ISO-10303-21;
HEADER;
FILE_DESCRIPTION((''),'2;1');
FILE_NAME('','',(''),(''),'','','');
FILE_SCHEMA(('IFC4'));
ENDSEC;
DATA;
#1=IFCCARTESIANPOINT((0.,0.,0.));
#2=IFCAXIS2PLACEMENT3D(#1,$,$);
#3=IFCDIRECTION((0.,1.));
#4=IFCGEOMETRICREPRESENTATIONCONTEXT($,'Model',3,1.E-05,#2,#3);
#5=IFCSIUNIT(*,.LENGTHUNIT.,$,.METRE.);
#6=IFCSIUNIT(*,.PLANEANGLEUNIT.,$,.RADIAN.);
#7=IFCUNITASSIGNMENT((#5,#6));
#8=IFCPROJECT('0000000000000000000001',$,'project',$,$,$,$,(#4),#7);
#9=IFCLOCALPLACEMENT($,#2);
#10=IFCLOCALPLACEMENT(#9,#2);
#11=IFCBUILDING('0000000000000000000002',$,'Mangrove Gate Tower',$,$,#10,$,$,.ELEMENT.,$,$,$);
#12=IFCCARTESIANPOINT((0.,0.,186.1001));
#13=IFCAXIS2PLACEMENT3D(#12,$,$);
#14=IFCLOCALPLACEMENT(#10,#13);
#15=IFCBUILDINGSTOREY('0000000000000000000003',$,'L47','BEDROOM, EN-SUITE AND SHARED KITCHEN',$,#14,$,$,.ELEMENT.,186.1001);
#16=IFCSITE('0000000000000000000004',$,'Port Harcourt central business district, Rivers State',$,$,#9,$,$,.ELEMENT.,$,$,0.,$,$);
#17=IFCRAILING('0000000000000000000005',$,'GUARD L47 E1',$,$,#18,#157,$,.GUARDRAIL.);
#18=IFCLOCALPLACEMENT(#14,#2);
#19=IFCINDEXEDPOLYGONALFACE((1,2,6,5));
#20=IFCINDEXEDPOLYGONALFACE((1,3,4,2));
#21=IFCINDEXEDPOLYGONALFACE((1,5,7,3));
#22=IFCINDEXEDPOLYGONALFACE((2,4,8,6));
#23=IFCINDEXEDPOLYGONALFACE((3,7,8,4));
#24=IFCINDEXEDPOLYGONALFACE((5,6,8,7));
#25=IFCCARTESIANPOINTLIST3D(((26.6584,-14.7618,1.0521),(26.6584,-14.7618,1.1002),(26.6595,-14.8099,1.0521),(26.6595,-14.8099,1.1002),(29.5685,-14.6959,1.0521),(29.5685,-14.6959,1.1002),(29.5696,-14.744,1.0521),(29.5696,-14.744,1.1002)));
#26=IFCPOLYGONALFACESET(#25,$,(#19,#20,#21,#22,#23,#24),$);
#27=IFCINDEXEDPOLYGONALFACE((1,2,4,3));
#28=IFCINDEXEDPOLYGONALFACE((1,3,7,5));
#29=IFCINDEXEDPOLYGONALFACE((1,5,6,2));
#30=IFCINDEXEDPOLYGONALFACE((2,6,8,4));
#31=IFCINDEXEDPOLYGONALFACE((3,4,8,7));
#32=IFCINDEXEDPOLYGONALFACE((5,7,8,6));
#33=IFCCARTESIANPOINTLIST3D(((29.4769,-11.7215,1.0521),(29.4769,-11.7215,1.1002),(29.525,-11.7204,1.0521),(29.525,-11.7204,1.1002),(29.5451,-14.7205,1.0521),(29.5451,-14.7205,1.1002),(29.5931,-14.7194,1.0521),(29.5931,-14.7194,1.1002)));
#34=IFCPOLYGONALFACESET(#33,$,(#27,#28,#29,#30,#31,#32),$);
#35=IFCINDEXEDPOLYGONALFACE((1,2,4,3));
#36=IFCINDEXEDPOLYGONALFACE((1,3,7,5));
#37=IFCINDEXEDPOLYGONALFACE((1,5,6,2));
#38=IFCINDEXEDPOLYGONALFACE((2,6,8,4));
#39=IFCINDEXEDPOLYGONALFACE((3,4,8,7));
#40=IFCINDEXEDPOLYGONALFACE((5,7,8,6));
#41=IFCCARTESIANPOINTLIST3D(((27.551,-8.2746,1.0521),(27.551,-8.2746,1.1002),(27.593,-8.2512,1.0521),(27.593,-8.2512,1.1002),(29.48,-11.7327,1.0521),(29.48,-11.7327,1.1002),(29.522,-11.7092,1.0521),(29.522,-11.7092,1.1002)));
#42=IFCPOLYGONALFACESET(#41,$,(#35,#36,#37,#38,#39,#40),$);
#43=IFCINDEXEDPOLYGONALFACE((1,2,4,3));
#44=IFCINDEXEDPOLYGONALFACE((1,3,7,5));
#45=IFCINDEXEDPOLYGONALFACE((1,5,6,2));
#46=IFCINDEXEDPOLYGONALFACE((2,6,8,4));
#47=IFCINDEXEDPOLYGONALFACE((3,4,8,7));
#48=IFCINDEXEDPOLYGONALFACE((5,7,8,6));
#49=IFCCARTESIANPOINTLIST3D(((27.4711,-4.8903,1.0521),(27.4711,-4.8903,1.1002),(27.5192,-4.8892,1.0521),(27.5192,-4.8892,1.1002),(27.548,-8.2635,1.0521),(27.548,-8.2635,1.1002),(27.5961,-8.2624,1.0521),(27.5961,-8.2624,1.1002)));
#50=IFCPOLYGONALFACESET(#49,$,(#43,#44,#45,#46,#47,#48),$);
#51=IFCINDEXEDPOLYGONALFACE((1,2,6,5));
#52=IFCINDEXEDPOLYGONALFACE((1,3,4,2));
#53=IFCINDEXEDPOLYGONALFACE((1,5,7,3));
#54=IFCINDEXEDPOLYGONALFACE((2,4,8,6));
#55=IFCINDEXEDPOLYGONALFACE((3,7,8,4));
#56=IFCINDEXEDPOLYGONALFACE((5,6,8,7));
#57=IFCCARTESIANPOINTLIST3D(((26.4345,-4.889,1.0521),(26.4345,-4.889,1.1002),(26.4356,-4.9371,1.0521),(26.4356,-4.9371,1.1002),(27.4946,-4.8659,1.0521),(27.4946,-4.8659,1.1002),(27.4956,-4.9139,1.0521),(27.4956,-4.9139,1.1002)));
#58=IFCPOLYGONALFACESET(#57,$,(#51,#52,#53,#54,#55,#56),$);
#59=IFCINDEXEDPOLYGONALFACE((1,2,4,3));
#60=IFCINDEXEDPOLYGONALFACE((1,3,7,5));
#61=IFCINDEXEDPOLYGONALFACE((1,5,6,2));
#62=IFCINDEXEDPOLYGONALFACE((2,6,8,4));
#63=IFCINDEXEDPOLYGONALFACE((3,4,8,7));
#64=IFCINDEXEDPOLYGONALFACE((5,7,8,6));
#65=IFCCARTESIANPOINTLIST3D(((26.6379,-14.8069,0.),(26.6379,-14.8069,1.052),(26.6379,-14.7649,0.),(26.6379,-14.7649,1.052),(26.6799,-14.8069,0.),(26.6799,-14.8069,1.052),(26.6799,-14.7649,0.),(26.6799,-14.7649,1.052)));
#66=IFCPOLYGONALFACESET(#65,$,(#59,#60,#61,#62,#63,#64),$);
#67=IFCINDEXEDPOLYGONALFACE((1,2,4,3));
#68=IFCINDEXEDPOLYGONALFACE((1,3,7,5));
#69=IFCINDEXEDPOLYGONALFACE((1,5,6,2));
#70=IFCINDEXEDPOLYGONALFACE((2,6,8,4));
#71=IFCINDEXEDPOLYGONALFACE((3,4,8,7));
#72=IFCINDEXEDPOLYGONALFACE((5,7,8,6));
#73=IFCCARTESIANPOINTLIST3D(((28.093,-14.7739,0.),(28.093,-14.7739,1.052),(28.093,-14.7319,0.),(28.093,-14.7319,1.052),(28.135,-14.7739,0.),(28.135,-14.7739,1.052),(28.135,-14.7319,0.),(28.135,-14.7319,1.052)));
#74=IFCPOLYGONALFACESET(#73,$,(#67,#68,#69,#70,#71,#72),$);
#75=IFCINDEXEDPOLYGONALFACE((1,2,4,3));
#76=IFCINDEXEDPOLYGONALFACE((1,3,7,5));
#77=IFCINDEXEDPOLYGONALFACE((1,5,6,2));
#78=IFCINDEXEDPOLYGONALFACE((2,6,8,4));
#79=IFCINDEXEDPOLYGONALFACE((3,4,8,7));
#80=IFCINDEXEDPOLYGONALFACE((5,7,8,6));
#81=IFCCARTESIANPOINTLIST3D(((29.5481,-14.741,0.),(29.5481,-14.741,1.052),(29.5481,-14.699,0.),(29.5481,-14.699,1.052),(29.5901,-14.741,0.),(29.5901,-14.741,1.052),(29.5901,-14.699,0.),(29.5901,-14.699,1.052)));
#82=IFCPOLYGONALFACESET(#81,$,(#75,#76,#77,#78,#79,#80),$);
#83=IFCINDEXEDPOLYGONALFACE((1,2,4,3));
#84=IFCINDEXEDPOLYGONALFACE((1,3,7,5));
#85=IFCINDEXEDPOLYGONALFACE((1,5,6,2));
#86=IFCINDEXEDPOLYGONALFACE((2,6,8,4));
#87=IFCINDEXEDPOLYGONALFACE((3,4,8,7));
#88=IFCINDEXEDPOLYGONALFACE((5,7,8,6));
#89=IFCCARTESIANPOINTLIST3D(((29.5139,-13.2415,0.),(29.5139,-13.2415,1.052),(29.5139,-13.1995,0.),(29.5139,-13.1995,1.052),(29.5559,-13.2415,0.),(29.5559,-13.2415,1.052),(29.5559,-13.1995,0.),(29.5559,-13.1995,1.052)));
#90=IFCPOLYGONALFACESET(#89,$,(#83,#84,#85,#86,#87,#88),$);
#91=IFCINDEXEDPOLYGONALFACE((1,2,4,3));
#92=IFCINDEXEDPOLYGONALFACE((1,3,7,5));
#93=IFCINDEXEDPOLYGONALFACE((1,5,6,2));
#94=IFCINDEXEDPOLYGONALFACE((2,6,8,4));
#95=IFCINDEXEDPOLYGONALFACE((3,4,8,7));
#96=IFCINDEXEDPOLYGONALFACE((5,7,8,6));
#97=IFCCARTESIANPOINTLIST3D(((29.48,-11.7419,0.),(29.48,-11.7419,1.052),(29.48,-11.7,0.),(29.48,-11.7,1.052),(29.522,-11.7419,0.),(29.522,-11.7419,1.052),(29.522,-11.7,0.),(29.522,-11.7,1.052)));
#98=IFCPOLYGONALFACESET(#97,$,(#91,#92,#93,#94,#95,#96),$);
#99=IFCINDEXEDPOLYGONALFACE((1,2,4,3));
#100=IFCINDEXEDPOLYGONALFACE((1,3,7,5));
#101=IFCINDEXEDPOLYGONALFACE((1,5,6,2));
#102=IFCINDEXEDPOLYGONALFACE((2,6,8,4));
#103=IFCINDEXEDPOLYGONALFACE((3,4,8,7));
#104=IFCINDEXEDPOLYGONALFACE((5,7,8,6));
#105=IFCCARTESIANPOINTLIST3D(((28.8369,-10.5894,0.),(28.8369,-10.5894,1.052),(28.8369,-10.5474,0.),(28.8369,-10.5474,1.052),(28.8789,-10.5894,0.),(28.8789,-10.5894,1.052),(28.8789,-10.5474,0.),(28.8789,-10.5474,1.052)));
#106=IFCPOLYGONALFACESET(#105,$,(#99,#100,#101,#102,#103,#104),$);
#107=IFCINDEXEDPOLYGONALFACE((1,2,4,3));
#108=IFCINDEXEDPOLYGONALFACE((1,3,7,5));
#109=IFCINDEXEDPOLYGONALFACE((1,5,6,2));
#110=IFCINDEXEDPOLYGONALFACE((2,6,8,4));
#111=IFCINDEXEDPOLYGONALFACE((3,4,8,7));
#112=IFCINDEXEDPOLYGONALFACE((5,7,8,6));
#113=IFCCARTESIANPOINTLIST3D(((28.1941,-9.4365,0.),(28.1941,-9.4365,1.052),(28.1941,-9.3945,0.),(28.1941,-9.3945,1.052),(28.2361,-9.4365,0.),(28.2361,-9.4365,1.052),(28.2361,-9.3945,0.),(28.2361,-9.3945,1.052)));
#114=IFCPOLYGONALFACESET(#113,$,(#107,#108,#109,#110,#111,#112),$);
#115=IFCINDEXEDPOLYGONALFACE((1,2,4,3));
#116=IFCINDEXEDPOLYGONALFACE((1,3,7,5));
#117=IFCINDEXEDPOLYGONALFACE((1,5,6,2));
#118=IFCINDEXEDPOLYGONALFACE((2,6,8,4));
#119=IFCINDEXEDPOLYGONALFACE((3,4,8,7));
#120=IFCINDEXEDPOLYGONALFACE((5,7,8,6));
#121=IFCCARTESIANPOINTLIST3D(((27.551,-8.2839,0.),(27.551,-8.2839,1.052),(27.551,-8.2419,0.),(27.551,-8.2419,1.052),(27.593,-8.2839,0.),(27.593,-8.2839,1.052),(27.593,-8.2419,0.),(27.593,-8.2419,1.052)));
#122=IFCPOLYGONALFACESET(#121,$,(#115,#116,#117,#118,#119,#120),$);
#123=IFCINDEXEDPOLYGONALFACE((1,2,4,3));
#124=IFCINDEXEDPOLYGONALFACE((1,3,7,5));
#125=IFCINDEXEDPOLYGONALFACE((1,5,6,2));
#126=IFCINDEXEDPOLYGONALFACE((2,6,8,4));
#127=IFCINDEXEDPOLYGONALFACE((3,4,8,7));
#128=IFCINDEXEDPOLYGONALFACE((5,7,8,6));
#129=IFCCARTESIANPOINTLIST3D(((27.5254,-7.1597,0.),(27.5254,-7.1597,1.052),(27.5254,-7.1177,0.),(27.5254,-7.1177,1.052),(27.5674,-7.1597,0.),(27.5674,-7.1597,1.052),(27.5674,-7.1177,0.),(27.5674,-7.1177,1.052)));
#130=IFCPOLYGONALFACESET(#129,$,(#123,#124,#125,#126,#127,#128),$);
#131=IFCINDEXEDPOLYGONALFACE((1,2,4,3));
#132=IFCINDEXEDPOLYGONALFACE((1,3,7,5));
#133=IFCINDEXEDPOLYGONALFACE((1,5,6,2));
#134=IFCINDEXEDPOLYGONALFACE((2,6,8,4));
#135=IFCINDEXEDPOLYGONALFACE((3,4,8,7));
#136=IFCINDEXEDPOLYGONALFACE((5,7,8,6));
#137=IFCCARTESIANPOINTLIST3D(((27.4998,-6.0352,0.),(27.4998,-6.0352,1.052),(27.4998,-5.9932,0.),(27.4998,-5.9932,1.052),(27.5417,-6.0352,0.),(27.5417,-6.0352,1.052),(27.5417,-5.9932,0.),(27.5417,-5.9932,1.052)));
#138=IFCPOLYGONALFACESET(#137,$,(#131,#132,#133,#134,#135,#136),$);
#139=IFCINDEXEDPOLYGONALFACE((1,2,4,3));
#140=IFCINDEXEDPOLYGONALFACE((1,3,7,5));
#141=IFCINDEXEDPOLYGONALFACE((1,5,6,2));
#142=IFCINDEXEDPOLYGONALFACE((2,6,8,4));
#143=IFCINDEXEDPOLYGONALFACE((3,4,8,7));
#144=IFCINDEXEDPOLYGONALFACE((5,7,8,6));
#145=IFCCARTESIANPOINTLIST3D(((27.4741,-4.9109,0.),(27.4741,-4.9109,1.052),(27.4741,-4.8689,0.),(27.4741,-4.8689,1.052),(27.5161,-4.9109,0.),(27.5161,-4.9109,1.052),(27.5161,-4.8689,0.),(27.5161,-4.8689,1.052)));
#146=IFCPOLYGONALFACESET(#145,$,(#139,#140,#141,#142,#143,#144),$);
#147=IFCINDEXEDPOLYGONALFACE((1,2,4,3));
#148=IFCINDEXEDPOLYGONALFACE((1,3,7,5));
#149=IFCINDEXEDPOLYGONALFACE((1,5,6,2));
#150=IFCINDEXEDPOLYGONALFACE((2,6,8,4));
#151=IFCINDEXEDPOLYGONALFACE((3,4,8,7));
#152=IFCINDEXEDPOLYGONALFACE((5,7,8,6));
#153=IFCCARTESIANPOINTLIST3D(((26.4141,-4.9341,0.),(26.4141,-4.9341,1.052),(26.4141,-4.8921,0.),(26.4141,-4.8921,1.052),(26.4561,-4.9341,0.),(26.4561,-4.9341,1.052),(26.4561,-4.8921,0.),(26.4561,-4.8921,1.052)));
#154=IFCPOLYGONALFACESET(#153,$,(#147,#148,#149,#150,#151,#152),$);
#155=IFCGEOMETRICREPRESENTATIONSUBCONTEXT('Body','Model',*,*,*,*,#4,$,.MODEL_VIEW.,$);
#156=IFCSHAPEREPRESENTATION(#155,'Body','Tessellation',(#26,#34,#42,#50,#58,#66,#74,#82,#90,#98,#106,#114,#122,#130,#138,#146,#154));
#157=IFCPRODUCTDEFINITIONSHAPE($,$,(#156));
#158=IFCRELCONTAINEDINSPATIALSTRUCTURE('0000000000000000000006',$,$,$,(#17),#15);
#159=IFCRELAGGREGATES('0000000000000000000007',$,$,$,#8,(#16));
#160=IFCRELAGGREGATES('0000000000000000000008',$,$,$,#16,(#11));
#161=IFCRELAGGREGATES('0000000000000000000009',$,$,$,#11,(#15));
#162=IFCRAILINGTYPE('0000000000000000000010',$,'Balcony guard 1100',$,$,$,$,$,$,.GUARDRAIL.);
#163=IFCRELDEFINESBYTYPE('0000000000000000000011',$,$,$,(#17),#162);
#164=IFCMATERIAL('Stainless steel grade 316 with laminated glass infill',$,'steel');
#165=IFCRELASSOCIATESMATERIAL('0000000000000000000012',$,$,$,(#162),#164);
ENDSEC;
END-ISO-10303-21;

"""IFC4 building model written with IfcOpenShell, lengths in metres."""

from ifc_helpers import new_model, si_unit, direction, frame, origin, origin_2d, place, context, subcontext, project, spatial, rectangle, extrude, material, type_object, element, save


model = new_model("IFC4")

# Units and contexts
model_context = context("Model", 3, precision=1e-05, world=origin(), true_north=direction((0.0, 1.0)))
body_context = subcontext(model_context, "Body", "Model", "MODEL_VIEW")
ifc_project = project(units=[si_unit("LENGTHUNIT", "METRE"), si_unit("PLANEANGLEUNIT", "RADIAN")], contexts=[model_context])

# Site, building, storey
site_placement = place(None, origin())
site = spatial("IfcSite", under=ifc_project, at=site_placement, Name="Port Harcourt central business district, Rivers State", CompositionType="ELEMENT", RefElevation=0.0)
building_placement = place(site_placement, origin())
building = spatial("IfcBuilding", under=site, at=building_placement, Name="Mangrove Gate Tower", CompositionType="ELEMENT")
storey_placement = place(building_placement, frame((0.0, 0.0, 186.1001)))
storey = spatial("IfcBuildingStorey", under=building, at=storey_placement, Name="L47", Description="BEDROOM, EN-SUITE AND SHARED KITCHEN", CompositionType="ELEMENT", Elevation=186.1001)

# Railing
ifc_material_1 = material(Name="Stainless steel grade 316 with laminated glass infill", Category="steel")
railing_type = type_object("IfcRailingType", Name="Balcony guard 1100", PredefinedType="GUARDRAIL", material=ifc_material_1)
railing_placement = place(storey_placement, frame((26.6589, -14.7859, 0.0)))
element("IfcRailing", 1, at=railing_placement, inside=storey, type_object=railing_type, Name="GUARD L47 E1", PredefinedType="GUARDRAIL", context=body_context, shape_type="SweptSolid", body=[
    extrude(rectangle(XDim=0.0481, YDim=0.0481, at=origin_2d()), frame((0.0, 0.0, 1.0762), z_axis=(0.999744, 0.022645, 0.0), x_axis=(-0.022645, 0.999744, 0.0)), (0.0, 0.0, 1.0), 2.9109),
    extrude(rectangle(XDim=0.0481, YDim=0.0481, at=origin_2d()), frame((2.9102, 0.0659, 1.0762), z_axis=(-0.022707, 0.999742, 0.0), x_axis=(-0.999742, -0.022707, 0.0)), (0.0, 0.0, 1.0), 2.9998),
    extrude(rectangle(XDim=0.0481, YDim=0.0481, at=origin_2d()), frame((2.842, 3.0649, 1.0762), z_axis=(-0.487155, 0.873315, 0.0), x_axis=(-0.873315, -0.487155, 0.0)), (0.0, 0.0, 1.0), 3.9597),
    extrude(rectangle(XDim=0.0481, YDim=0.0481, at=origin_2d()), frame((0.9131, 6.5229, 1.0762), z_axis=(-0.022794, 0.99974, 0.0), x_axis=(-0.99974, -0.022794, 0.0)), (0.0, 0.0, 1.0), 3.374),
    extrude(rectangle(XDim=0.0481, YDim=0.0481, at=origin_2d()), frame((0.8362, 9.896, 1.0762), z_axis=(-0.999761, -0.021874, 0.0), x_axis=(0.021874, -0.999761, 0.0)), (0.0, 0.0, 1.0), 1.0603),
    extrude(rectangle(XDim=0.042, YDim=0.042, at=origin_2d()), origin(), (0.0, 0.0, 1.0), 1.052),
    extrude(rectangle(XDim=0.042, YDim=0.042, at=origin_2d()), frame((1.4551, 0.033, 0.0)), (0.0, 0.0, 1.0), 1.052),
    extrude(rectangle(XDim=0.042, YDim=0.042, at=origin_2d()), frame((2.9102, 0.0659, 0.0)), (0.0, 0.0, 1.0), 1.052),
    extrude(rectangle(XDim=0.042, YDim=0.042, at=origin_2d()), frame((2.876, 1.5654, 0.0)), (0.0, 0.0, 1.0), 1.052),
    extrude(rectangle(XDim=0.042, YDim=0.042, at=origin_2d()), frame((2.842, 3.0649, 0.0)), (0.0, 0.0, 1.0), 1.052),
    extrude(rectangle(XDim=0.042, YDim=0.042, at=origin_2d()), frame((2.199, 4.2175, 0.0)), (0.0, 0.0, 1.0), 1.052),
    extrude(rectangle(XDim=0.042, YDim=0.042, at=origin_2d()), frame((1.5562, 5.3704, 0.0)), (0.0, 0.0, 1.0), 1.052),
    extrude(rectangle(XDim=0.042, YDim=0.042, at=origin_2d()), frame((0.9131, 6.5229, 0.0)), (0.0, 0.0, 1.0), 1.052),
    extrude(rectangle(XDim=0.042, YDim=0.042, at=origin_2d()), frame((0.8875, 7.6472, 0.0)), (0.0, 0.0, 1.0), 1.052),
    extrude(rectangle(XDim=0.042, YDim=0.042, at=origin_2d()), frame((0.8618, 8.7717, 0.0)), (0.0, 0.0, 1.0), 1.052),
    extrude(rectangle(XDim=0.042, YDim=0.042, at=origin_2d()), frame((0.8362, 9.896, 0.0)), (0.0, 0.0, 1.0), 1.052),
    extrude(rectangle(XDim=0.042, YDim=0.042, at=origin_2d()), frame((-0.2239, 9.8728, 0.0)), (0.0, 0.0, 1.0), 1.052),
])

save(model, "model.ifc")
